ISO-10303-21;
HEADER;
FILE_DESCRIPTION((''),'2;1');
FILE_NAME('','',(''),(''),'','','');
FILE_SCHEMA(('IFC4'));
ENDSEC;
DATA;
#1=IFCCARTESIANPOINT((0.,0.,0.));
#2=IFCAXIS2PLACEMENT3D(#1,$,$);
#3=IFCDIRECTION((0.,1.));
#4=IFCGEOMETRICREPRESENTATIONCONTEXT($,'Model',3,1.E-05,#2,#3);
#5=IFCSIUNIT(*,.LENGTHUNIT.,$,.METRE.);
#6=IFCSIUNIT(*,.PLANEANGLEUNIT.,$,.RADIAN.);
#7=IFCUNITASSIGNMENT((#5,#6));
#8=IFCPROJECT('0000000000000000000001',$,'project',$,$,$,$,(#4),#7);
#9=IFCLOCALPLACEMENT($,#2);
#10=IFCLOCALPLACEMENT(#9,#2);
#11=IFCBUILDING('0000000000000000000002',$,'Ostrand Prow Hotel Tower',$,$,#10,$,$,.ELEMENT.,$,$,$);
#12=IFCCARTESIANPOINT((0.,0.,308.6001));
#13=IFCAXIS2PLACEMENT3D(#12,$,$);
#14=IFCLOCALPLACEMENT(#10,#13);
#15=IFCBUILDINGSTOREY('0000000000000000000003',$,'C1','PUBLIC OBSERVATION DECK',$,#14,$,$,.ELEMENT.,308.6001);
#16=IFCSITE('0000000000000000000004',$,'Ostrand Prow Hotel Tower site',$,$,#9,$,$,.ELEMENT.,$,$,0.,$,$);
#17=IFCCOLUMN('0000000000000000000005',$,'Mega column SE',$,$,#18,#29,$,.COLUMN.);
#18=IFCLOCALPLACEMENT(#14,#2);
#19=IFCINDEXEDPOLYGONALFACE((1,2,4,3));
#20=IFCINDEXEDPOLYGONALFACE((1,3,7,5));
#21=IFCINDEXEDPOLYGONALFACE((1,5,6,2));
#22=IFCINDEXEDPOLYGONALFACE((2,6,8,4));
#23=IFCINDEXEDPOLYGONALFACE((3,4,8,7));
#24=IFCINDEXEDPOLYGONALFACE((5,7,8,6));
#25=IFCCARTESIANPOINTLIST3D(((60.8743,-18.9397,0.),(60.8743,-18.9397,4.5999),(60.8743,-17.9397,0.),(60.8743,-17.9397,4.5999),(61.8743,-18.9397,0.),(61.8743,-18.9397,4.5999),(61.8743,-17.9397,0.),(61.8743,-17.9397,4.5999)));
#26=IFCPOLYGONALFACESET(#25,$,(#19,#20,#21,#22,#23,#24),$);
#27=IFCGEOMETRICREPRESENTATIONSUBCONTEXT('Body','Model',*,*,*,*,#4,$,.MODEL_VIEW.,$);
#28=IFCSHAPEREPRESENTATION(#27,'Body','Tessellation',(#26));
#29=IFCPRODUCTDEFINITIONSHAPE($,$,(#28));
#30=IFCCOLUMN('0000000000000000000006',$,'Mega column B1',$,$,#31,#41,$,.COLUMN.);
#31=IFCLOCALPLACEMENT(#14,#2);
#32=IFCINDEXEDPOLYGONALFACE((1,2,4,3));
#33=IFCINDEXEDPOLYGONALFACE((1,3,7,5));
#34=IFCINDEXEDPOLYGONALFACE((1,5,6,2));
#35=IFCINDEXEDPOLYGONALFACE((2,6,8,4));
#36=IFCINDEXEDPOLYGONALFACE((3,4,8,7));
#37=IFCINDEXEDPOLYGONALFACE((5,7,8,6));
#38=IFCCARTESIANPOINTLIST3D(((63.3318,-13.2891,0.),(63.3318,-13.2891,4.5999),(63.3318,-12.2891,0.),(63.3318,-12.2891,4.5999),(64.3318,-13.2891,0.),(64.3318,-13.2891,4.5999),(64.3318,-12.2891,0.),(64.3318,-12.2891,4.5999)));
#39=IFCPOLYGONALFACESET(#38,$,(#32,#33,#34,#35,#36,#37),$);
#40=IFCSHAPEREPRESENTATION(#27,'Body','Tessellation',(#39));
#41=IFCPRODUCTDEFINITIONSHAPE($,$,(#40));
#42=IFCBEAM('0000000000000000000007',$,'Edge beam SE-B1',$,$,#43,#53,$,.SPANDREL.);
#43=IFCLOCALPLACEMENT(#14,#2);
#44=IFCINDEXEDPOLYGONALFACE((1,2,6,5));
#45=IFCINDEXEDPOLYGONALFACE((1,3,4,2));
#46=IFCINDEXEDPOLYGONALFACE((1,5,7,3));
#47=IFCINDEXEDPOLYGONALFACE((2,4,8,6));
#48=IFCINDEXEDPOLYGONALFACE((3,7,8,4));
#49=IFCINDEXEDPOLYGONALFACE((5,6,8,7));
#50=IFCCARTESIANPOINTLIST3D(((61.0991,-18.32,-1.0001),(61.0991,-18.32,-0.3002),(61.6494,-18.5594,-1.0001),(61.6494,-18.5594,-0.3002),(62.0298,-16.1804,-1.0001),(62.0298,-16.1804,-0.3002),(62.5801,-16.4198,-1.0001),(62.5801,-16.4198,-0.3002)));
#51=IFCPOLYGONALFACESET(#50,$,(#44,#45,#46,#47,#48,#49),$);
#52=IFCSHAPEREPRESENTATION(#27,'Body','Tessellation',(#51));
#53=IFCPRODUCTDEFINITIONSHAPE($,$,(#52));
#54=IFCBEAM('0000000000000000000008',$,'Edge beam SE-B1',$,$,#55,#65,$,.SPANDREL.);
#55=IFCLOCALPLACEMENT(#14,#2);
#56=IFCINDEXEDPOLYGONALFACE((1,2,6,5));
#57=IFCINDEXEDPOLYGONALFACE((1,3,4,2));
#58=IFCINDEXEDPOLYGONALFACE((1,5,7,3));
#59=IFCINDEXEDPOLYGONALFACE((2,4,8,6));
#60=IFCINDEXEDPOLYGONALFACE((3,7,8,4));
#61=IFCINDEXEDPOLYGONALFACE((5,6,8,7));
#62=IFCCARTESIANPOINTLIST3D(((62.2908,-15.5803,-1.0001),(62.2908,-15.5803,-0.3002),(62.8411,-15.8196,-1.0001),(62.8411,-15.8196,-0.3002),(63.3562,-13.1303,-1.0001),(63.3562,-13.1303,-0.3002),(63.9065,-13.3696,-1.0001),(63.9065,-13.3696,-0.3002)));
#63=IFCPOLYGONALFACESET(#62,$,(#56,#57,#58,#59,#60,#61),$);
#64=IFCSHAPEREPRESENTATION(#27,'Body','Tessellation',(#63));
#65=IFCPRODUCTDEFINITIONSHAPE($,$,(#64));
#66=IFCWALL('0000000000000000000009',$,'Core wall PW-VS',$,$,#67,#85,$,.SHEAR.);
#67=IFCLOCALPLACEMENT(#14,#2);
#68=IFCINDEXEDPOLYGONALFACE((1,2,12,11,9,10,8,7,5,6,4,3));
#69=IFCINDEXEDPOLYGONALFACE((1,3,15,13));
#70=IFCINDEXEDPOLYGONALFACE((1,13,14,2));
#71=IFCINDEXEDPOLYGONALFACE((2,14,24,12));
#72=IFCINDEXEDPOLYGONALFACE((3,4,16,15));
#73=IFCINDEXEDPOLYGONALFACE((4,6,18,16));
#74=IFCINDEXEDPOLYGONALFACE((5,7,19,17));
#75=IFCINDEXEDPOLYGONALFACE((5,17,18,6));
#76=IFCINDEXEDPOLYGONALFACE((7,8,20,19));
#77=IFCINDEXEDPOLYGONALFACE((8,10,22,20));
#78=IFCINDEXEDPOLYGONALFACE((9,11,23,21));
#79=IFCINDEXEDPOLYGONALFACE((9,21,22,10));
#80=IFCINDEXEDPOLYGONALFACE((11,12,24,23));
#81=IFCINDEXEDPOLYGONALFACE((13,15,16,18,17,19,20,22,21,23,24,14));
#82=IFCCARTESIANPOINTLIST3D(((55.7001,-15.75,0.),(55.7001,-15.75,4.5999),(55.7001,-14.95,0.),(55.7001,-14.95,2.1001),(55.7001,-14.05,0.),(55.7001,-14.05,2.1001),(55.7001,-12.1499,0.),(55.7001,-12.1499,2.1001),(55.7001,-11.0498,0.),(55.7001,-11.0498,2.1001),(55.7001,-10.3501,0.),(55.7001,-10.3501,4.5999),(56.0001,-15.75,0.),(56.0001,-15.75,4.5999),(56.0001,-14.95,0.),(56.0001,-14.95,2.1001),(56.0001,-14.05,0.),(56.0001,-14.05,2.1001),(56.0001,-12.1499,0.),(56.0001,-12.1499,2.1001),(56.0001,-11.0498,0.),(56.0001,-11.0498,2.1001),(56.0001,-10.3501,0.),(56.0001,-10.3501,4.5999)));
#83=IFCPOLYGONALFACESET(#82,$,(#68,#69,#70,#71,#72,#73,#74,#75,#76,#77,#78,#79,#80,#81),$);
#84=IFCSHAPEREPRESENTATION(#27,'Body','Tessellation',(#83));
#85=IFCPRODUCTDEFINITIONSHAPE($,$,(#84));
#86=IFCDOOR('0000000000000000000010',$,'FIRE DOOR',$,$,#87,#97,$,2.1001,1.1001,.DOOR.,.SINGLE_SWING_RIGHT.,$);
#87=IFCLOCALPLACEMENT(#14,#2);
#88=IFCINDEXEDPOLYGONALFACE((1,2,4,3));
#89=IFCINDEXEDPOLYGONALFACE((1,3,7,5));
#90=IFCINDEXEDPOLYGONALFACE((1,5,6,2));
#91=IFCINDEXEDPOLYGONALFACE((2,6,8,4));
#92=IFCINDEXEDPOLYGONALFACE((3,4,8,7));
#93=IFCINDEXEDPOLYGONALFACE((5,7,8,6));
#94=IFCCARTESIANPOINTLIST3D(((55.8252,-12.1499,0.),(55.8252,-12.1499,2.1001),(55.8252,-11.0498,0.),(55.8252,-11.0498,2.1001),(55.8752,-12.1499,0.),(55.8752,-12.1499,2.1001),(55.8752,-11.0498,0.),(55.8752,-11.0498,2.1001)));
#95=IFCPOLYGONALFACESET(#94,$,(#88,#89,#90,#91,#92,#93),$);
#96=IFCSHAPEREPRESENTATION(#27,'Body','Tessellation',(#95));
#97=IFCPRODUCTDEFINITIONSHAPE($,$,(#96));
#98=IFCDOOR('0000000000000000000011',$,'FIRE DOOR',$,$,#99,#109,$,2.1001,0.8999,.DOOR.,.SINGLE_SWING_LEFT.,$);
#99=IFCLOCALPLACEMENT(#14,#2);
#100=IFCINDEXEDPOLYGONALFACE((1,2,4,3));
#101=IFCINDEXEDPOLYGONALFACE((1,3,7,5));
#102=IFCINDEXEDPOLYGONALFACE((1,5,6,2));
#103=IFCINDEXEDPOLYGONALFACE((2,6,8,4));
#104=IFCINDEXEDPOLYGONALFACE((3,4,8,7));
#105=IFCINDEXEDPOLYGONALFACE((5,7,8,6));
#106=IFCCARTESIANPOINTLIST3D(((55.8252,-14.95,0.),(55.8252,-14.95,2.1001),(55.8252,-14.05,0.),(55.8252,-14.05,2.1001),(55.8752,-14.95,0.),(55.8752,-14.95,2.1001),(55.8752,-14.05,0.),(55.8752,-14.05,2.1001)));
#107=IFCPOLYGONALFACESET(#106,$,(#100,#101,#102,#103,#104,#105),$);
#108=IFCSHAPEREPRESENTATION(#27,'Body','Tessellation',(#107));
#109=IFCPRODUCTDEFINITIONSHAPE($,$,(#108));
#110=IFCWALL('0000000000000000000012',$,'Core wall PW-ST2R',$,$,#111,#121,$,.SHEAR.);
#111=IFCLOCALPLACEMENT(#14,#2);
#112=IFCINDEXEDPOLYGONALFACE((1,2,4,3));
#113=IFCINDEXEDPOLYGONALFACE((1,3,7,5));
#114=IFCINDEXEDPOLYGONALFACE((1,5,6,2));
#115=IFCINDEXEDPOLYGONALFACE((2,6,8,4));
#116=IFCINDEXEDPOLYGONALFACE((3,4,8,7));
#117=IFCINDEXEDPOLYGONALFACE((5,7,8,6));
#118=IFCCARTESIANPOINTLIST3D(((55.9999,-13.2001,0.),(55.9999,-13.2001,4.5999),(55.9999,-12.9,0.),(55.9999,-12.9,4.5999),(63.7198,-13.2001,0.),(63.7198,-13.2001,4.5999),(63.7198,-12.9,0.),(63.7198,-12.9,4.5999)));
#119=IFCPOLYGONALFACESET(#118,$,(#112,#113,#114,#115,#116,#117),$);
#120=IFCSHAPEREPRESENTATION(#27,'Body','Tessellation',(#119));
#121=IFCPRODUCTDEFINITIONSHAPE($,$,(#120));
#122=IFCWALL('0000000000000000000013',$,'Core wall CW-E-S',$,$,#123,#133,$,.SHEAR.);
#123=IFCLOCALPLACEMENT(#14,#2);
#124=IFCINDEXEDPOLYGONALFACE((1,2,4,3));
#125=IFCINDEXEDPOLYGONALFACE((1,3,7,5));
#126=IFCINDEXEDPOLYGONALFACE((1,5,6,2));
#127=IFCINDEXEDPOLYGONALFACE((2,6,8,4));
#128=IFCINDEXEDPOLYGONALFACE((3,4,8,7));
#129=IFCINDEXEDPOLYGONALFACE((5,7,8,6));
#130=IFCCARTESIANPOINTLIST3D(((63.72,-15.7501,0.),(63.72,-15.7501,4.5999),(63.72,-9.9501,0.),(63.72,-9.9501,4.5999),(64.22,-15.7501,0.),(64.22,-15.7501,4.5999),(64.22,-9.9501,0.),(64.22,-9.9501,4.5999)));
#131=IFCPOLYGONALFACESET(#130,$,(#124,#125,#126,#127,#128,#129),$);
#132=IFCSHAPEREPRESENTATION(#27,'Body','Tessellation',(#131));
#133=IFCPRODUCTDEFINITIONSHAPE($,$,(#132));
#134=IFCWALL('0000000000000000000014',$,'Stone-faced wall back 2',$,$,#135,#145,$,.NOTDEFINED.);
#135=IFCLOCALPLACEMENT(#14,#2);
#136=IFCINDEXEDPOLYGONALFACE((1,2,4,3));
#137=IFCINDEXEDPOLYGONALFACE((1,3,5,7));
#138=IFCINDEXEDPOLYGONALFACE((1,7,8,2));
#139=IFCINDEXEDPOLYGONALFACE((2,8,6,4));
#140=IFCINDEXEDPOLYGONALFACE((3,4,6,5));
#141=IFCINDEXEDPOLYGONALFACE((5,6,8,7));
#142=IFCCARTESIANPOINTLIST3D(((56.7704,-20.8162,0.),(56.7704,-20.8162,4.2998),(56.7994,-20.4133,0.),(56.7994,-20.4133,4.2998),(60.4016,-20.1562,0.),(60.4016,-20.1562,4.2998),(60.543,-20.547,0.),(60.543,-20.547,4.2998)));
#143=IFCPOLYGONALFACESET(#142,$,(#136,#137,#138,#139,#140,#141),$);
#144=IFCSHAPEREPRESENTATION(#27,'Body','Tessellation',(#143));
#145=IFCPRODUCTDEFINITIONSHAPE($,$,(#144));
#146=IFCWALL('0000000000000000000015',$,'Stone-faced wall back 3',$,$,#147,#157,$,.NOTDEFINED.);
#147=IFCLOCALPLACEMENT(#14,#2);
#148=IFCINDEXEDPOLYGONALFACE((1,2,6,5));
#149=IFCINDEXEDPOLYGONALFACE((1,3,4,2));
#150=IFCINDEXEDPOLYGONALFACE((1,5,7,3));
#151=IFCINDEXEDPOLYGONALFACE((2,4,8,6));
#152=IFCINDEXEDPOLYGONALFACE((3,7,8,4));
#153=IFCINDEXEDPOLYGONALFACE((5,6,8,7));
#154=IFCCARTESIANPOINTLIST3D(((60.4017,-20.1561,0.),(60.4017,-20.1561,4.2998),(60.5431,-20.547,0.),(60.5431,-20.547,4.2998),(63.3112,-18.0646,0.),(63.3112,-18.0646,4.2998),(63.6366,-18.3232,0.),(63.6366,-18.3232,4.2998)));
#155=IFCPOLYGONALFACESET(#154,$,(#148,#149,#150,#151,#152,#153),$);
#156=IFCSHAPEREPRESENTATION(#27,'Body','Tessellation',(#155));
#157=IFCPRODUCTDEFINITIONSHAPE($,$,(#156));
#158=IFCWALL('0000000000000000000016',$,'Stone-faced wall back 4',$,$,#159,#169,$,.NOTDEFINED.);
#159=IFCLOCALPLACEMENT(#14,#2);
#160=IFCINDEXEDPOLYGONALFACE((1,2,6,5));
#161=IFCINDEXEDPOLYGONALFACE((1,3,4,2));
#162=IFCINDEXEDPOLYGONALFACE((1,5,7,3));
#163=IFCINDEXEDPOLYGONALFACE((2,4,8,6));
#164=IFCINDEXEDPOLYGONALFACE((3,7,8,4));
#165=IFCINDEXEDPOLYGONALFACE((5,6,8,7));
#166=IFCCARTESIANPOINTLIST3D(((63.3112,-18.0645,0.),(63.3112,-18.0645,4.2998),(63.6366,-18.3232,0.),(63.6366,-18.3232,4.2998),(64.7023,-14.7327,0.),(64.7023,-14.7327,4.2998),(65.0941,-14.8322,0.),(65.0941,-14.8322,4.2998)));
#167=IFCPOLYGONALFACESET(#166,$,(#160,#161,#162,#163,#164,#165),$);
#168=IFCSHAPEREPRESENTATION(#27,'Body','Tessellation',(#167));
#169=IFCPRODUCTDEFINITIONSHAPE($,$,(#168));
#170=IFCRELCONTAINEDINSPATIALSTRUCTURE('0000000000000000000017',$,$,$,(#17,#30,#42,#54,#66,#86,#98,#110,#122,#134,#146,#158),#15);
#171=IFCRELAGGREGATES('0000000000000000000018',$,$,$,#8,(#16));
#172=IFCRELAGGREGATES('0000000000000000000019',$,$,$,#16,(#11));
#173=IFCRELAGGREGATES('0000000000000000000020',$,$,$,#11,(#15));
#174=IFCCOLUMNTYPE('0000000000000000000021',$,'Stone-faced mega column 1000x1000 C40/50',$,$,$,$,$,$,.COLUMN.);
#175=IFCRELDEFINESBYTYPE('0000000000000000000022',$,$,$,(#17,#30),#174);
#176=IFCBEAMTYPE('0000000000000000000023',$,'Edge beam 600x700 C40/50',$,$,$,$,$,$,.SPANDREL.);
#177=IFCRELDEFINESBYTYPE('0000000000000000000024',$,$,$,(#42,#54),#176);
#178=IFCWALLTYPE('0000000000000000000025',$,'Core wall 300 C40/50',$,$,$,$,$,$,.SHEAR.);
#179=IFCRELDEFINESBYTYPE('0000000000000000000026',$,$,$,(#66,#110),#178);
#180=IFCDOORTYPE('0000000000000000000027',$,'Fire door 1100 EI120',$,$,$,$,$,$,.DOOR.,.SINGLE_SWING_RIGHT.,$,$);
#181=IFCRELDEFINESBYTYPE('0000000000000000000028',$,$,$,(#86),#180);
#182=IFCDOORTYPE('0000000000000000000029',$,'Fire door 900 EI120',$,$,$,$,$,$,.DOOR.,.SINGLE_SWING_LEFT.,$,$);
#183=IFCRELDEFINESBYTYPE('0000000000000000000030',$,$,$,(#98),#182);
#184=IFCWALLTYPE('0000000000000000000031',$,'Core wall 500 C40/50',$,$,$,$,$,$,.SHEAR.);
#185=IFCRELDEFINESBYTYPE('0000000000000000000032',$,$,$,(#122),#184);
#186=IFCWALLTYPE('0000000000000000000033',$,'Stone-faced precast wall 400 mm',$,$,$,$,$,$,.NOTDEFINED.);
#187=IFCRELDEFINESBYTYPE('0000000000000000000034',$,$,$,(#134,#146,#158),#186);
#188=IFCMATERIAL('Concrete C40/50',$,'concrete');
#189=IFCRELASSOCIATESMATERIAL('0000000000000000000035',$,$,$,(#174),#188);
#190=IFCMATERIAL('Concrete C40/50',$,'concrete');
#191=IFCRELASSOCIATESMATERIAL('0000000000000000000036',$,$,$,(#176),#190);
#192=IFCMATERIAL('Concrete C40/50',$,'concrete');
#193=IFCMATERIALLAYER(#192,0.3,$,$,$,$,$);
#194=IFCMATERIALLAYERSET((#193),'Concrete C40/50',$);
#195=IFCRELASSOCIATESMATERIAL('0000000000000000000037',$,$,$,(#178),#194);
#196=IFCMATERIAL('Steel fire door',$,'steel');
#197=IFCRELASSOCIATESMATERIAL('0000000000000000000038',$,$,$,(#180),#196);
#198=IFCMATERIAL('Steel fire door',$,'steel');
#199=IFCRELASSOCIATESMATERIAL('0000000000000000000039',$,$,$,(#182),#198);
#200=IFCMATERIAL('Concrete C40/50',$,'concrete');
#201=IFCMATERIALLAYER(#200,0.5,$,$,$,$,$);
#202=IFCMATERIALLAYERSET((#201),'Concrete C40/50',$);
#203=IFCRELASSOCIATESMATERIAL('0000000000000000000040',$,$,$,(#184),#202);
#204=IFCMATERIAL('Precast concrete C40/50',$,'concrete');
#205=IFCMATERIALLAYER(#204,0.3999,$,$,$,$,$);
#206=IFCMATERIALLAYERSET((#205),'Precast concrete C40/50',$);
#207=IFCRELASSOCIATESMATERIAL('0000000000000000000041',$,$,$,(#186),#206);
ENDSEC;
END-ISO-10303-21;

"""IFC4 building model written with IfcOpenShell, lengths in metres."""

from ifc_helpers import new_model, si_unit, direction, frame, frame_2d, origin, origin_2d, place, context, subcontext, project, spatial, polyline, rectangle, outline, extrude, material, layer, layer_set, material_profile, profile_set, type_object, element, fill, save


model = new_model("IFC4")

# Units and contexts
model_context = context("Model", 3, precision=1e-05, world=origin(), true_north=direction((0.0, 1.0)))
body_context = subcontext(model_context, "Body", "Model", "MODEL_VIEW")
ifc_project = project(units=[si_unit("LENGTHUNIT", "METRE"), si_unit("PLANEANGLEUNIT", "RADIAN")], contexts=[model_context])

# Site, building, storey
site_placement = place(None, origin())
site = spatial("IfcSite", under=ifc_project, at=site_placement, Name="Ostrand Prow Hotel Tower site", CompositionType="ELEMENT", RefElevation=0.0)
building_placement = place(site_placement, origin())
building = spatial("IfcBuilding", under=site, at=building_placement, Name="Ostrand Prow Hotel Tower", CompositionType="ELEMENT")
storey_placement = place(building_placement, frame((0.0, 0.0, 308.6001)))
storey = spatial("IfcBuildingStorey", under=building, at=storey_placement, Name="C1", Description="PUBLIC OBSERVATION DECK", CompositionType="ELEMENT", Elevation=308.6001)

# Columns
ifc_material_1 = material(Name="Concrete C40/50", Category="concrete")
ifc_material_profile_1 = material_profile(ifc_material_1, rectangle(XDim=1.0, YDim=1.0, at=origin_2d()), Name="RC 1000x1000")
ifc_profile_set_1 = profile_set([ifc_material_profile_1], Name="Concrete C40/50")
column_type = type_object("IfcColumnType", Name="Stone-faced mega column 1000x1000 C40/50", PredefinedType="COLUMN", material=ifc_profile_set_1)
for number, where, z_axis, x_axis, name in (
    (1, (61.3743, -18.4397, 0.0), (0.0, 0.0, 1.0), (1.0, 0.0, 0.0), "Mega column SE"),
    (2, (63.8318, -12.7891, 0.0), (0.0, 0.0, 1.0), (1.0, 0.0, 0.0), "Mega column B1"),
):
    element("IfcColumn", number, at=place(storey_placement, frame(where, z_axis=z_axis, x_axis=x_axis)), inside=storey, type_object=column_type, Name=name, PredefinedType="COLUMN", context=body_context, shape_type="SweptSolid", body=[
        extrude(rectangle(XDim=1.0, YDim=1.0, at=origin_2d()), origin(), (0.0, 0.0, 1.0), 4.5999),
    ])

# Beams
ifc_material_2 = material(Name="Concrete C40/50", Category="concrete")
ifc_material_profile_2 = material_profile(ifc_material_2, rectangle(XDim=0.6001, YDim=0.7, at=origin_2d()), Name="RC 600x700")
ifc_profile_set_2 = profile_set([ifc_material_profile_2], Name="Concrete C40/50")
beam_type = type_object("IfcBeamType", Name="Edge beam 600x700 C40/50", PredefinedType="SPANDREL", material=ifc_profile_set_2)
beam_1_placement = place(storey_placement, frame((61.3743, -18.4397, -0.6501), z_axis=(0.398864, 0.91701, 0.0), x_axis=(-0.91701, 0.398864, 0.0)))
element("IfcBeam", 3, at=beam_1_placement, inside=storey, type_object=beam_type, Name="Edge beam SE-B1", PredefinedType="SPANDREL", context=body_context, shape_type="SweptSolid", body=[
    extrude(rectangle(XDim=0.6001, YDim=0.7, at=origin_2d()), origin(), (0.0, 0.0, 1.0), 2.3333),
])
beam_2_placement = place(storey_placement, frame((62.5659, -15.7, -0.6501), z_axis=(0.3988, 0.917038, 0.0), x_axis=(-0.917038, 0.3988, 0.0)))
element("IfcBeam", 4, at=beam_2_placement, inside=storey, type_object=beam_type, Name="Edge beam SE-B1", PredefinedType="SPANDREL", context=body_context, shape_type="SweptSolid", body=[
    extrude(rectangle(XDim=0.6001, YDim=0.7, at=origin_2d()), origin(), (0.0, 0.0, 1.0), 2.6716),
])

# Wall, openings, doors
ifc_material_3 = material(Name="Concrete C40/50", Category="concrete")
ifc_layer_1 = layer(ifc_material_3, 0.3)
ifc_layer_set_1 = layer_set([ifc_layer_1], Name="Concrete C40/50")
wall_type_1 = type_object("IfcWallType", Name="Core wall 300 C40/50", PredefinedType="SHEAR", material=ifc_layer_set_1)
wall_1_placement = place(storey_placement, frame((55.8501, -15.75, 0.0), z_axis=(0.0, 0.0, 1.0), x_axis=(0.0, 1.0, 0.0)))
wall_1 = element("IfcWall", 5, at=wall_1_placement, inside=storey, type_object=wall_type_1, Name="Core wall PW-VS", PredefinedType="SHEAR", context=body_context, shape_type="SweptSolid", body=[
    extrude(rectangle(XDim=5.3999, YDim=0.3, at=frame_2d((2.7, 0.0))), origin(), (0.0, 0.0, 1.0), 4.5999),
])
opening_1_placement = place(wall_1_placement, frame((3.6001, 0.0, 0.0)))
opening_1 = element("IfcOpeningElement", 6, at=opening_1_placement, cuts=wall_1, PredefinedType="OPENING", context=body_context, shape_type="SweptSolid", body=[
    extrude(rectangle(XDim=1.1001, YDim=2.1001, at=frame_2d((0.55, 1.05))), frame((0.0, 0.1599, 0.0), z_axis=(0.0, -1.0, 0.0), x_axis=(1.0, 0.0, 0.0)), (0.0, 0.0, 1.0), 0.3201),
])
opening_2_placement = place(wall_1_placement, frame((0.8, 0.0, 0.0)))
opening_2 = element("IfcOpeningElement", 7, at=opening_2_placement, cuts=wall_1, PredefinedType="OPENING", context=body_context, shape_type="SweptSolid", body=[
    extrude(rectangle(XDim=0.8999, YDim=2.1001, at=frame_2d((0.45, 1.05))), frame((0.0, 0.1599, 0.0), z_axis=(0.0, -1.0, 0.0), x_axis=(1.0, 0.0, 0.0)), (0.0, 0.0, 1.0), 0.3201),
])
ifc_material_4 = material(Name="Steel fire door", Category="steel")
door_type_1 = type_object("IfcDoorType", Name="Fire door 1100 EI120", OperationType="SINGLE_SWING_RIGHT", PredefinedType="DOOR", material=ifc_material_4)
door_1_placement = place(opening_1_placement, origin())
door_1 = element("IfcDoor", 8, at=door_1_placement, inside=storey, type_object=door_type_1, Name="FIRE DOOR", OperationType="SINGLE_SWING_RIGHT", OverallHeight=2.1001, OverallWidth=1.1001, PredefinedType="DOOR", context=body_context, shape_type="SweptSolid", body=[
    extrude(rectangle(XDim=1.1001, YDim=2.1001, at=frame_2d((0.55, 1.05))), frame((0.0, 0.0249, 0.0), z_axis=(0.0, -1.0, 0.0), x_axis=(1.0, 0.0, 0.0)), (0.0, 0.0, 1.0), 0.05),
])
fill(opening_1, door_1)
ifc_material_5 = material(Name="Steel fire door", Category="steel")
door_type_2 = type_object("IfcDoorType", Name="Fire door 900 EI120", OperationType="SINGLE_SWING_LEFT", PredefinedType="DOOR", material=ifc_material_5)
door_2_placement = place(opening_2_placement, origin())
door_2 = element("IfcDoor", 9, at=door_2_placement, inside=storey, type_object=door_type_2, Name="FIRE DOOR", OperationType="SINGLE_SWING_LEFT", OverallHeight=2.1001, OverallWidth=0.8999, PredefinedType="DOOR", context=body_context, shape_type="SweptSolid", body=[
    extrude(rectangle(XDim=0.8999, YDim=2.1001, at=frame_2d((0.45, 1.05))), frame((0.0, 0.0249, 0.0), z_axis=(0.0, -1.0, 0.0), x_axis=(1.0, 0.0, 0.0)), (0.0, 0.0, 1.0), 0.05),
])
fill(opening_2, door_2)

# Walls
wall_2_placement = place(storey_placement, frame((56.0, -13.05, 0.0), z_axis=(0.0, 0.0, 1.0), x_axis=(1.0, 0.0, 0.0)))
element("IfcWall", 10, at=wall_2_placement, inside=storey, type_object=wall_type_1, Name="Core wall PW-ST2R", PredefinedType="SHEAR", context=body_context, shape_type="SweptSolid", body=[
    extrude(rectangle(XDim=7.72, YDim=0.3, at=frame_2d((3.8599, 0.0))), origin(), (0.0, 0.0, 1.0), 4.5999),
])
ifc_material_6 = material(Name="Concrete C40/50", Category="concrete")
ifc_layer_2 = layer(ifc_material_6, 0.5)
ifc_layer_set_2 = layer_set([ifc_layer_2], Name="Concrete C40/50")
wall_type_2 = type_object("IfcWallType", Name="Core wall 500 C40/50", PredefinedType="SHEAR", material=ifc_layer_set_2)
wall_3_placement = place(storey_placement, frame((63.97, -15.75, 0.0), z_axis=(0.0, 0.0, 1.0), x_axis=(0.0, 1.0, 0.0)))
element("IfcWall", 11, at=wall_3_placement, inside=storey, type_object=wall_type_2, Name="Core wall CW-E-S", PredefinedType="SHEAR", context=body_context, shape_type="SweptSolid", body=[
    extrude(rectangle(XDim=5.8, YDim=0.5, at=frame_2d((2.8999, 0.0))), origin(), (0.0, 0.0, 1.0), 4.5999),
])
ifc_material_7 = material(Name="Precast concrete C40/50", Category="concrete")
ifc_layer_3 = layer(ifc_material_7, 0.3999)
ifc_layer_set_3 = layer_set([ifc_layer_3], Name="Precast concrete C40/50")
wall_type_3 = type_object("IfcWallType", Name="Stone-faced precast wall 400 mm", PredefinedType="NOTDEFINED", material=ifc_layer_set_3)
wall_4_placement = place(storey_placement, frame((56.7849, -20.6147, 0.0), z_axis=(0.0, 0.0, 1.0), x_axis=(0.997463, 0.071191, 0.0)))
element("IfcWall", 12, at=wall_4_placement, inside=storey, type_object=wall_type_3, Name="Stone-faced wall back 2", PredefinedType="NOTDEFINED", context=body_context, shape_type="SweptSolid", body=[
    extrude(outline(polyline([(-0.0288, -0.2), (3.7534, -0.2), (3.6401, 0.2), (0.0288, 0.2), (-0.0288, -0.2)])), origin(), (0.0, 0.0, 1.0), 4.2998),
])
wall_5_placement = place(storey_placement, frame((60.4724, -20.3516, 0.0), z_axis=(0.0, 0.0, 1.0), x_axis=(0.811963, 0.58371, 0.0)))
element("IfcWall", 13, at=wall_5_placement, inside=storey, type_object=wall_type_3, Name="Stone-faced wall back 3", PredefinedType="NOTDEFINED", context=body_context, shape_type="SweptSolid", body=[
    extrude(outline(polyline([(-0.0566, -0.2), (3.7532, -0.2), (3.6399, 0.2), (0.0566, 0.2), (-0.0566, -0.2)])), origin(), (0.0, 0.0, 1.0), 4.2998),
])
wall_6_placement = place(storey_placement, frame((63.4739, -18.1938, 0.0), z_axis=(0.0, 0.0, 1.0), x_axis=(0.385286, 0.922797, 0.0)))
element("IfcWall", 14, at=wall_6_placement, inside=storey, type_object=wall_type_3, Name="Stone-faced wall back 4", PredefinedType="NOTDEFINED", context=body_context, shape_type="SweptSolid", body=[
    extrude(outline(polyline([(-0.0566, -0.2), (3.7263, -0.2), (3.6672, 0.2), (0.0566, 0.2), (-0.0566, -0.2)])), origin(), (0.0, 0.0, 1.0), 4.2998),
])

save(model, "model.ifc")
